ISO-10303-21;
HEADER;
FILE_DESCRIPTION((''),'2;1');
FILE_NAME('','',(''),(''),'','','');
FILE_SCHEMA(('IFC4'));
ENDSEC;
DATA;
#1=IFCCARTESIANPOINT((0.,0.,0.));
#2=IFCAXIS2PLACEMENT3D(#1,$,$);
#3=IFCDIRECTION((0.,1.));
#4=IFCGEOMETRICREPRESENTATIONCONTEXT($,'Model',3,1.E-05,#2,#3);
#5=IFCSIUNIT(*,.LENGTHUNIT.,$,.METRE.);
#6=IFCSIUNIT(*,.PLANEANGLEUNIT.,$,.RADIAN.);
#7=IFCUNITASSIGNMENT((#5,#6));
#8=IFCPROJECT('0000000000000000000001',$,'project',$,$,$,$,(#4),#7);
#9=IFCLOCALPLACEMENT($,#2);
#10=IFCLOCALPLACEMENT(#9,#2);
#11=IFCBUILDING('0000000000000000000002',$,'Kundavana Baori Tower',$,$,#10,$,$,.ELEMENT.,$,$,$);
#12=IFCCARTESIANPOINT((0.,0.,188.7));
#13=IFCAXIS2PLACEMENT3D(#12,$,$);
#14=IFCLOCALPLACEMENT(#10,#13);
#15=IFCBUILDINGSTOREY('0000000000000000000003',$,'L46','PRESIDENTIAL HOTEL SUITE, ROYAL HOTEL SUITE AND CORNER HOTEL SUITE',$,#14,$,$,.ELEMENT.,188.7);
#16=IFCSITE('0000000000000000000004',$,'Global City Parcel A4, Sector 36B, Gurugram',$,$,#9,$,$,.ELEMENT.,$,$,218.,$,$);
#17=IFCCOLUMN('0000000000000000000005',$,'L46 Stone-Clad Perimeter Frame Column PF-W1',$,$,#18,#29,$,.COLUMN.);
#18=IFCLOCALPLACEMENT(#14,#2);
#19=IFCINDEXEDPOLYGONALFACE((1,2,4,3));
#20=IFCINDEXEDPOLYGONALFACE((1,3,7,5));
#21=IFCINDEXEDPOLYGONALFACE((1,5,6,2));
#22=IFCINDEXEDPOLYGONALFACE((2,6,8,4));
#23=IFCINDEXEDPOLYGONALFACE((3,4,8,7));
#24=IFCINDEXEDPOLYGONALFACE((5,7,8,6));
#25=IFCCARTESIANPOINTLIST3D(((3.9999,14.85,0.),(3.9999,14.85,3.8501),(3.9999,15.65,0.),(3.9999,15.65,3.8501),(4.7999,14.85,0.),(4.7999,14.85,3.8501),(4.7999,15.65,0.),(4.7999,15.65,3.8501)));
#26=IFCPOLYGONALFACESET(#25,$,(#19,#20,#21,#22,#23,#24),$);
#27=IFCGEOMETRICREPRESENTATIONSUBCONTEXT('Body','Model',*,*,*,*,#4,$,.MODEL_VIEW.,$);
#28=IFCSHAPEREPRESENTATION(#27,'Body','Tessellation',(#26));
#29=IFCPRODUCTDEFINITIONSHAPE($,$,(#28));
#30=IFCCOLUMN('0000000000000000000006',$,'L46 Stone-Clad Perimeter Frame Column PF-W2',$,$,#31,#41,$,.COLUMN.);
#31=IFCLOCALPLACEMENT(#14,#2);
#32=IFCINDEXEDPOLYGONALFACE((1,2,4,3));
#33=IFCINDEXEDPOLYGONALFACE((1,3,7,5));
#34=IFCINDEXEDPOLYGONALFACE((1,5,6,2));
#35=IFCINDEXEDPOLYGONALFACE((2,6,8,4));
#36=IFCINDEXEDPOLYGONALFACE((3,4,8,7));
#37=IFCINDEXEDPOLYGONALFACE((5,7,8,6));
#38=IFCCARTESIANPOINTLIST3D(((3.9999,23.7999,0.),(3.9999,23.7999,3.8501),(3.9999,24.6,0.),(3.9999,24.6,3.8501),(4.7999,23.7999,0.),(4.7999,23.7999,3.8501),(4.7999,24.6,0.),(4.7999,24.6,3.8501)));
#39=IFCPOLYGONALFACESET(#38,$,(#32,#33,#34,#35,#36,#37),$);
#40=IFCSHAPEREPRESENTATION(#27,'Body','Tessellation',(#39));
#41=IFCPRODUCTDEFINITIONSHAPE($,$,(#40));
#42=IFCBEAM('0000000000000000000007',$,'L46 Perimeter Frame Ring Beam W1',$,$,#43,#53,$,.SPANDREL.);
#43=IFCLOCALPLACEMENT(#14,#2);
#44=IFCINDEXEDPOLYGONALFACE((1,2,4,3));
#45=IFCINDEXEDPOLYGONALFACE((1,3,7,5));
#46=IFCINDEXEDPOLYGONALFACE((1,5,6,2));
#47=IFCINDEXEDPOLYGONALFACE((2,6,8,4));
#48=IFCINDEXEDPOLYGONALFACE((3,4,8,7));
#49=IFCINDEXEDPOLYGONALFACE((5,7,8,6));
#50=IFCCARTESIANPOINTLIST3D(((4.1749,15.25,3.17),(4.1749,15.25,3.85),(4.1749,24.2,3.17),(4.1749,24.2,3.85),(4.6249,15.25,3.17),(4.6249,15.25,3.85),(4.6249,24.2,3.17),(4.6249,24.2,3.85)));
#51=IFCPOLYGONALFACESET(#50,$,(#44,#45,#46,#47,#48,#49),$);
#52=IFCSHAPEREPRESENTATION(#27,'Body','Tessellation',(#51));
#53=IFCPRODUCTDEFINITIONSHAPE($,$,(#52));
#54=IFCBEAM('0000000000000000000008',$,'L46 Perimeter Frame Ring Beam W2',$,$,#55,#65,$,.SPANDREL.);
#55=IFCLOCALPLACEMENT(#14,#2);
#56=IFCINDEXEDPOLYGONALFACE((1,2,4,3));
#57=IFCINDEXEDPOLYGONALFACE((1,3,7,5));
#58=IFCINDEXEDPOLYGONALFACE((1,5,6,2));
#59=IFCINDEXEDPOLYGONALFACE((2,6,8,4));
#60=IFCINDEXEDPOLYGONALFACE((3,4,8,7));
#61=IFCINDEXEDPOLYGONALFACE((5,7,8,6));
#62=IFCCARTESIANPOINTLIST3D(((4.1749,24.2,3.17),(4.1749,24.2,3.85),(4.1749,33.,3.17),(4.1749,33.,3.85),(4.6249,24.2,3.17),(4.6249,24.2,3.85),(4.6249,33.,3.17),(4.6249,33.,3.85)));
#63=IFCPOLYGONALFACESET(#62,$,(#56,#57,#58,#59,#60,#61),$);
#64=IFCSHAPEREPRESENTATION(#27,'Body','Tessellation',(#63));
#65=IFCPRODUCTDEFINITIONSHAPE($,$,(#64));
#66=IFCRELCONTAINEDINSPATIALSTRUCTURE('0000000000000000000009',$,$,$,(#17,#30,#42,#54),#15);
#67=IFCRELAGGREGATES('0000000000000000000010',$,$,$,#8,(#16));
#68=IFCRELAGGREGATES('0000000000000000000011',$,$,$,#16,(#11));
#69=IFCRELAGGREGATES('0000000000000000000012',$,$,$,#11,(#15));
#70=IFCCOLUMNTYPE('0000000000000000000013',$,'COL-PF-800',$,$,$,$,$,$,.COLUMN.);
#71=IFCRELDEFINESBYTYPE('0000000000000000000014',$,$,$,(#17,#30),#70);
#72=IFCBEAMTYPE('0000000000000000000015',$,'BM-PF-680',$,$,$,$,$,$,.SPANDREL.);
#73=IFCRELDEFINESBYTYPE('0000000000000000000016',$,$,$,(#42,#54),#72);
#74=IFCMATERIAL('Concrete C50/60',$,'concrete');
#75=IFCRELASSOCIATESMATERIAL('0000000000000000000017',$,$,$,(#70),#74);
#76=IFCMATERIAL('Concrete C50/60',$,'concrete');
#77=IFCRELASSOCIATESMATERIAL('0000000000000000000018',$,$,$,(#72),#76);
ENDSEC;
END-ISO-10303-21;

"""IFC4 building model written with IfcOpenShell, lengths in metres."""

from ifc_helpers import new_model, si_unit, direction, frame, origin, origin_2d, place, context, subcontext, project, spatial, rectangle, extrude, material, material_profile, profile_set, type_object, element, save


model = new_model("IFC4")

# Units and contexts
model_context = context("Model", 3, precision=1e-05, world=origin(), true_north=direction((0.0, 1.0)))
body_context = subcontext(model_context, "Body", "Model", "MODEL_VIEW")
ifc_project = project(units=[si_unit("LENGTHUNIT", "METRE"), si_unit("PLANEANGLEUNIT", "RADIAN")], contexts=[model_context])

# Site, building, storey
site_placement = place(None, origin())
site = spatial("IfcSite", under=ifc_project, at=site_placement, Name="Global City Parcel A4, Sector 36B, Gurugram", CompositionType="ELEMENT", RefElevation=218.0)
building_placement = place(site_placement, origin())
building = spatial("IfcBuilding", under=site, at=building_placement, Name="Kundavana Baori Tower", CompositionType="ELEMENT")
storey_placement = place(building_placement, frame((0.0, 0.0, 188.7)))
storey = spatial("IfcBuildingStorey", under=building, at=storey_placement, Name="L46", Description="PRESIDENTIAL HOTEL SUITE, ROYAL HOTEL SUITE AND CORNER HOTEL SUITE", CompositionType="ELEMENT", Elevation=188.7)

# Columns
ifc_material_1 = material(Name="Concrete C50/60", Category="concrete")
ifc_material_profile_1 = material_profile(ifc_material_1, rectangle(XDim=0.8, YDim=0.8, at=origin_2d()), Name="RC PF 800x800")
ifc_profile_set_1 = profile_set([ifc_material_profile_1], Name="Concrete C50/60")
column_type = type_object("IfcColumnType", Name="COL-PF-800", PredefinedType="COLUMN", material=ifc_profile_set_1)
for number, where, z_axis, x_axis, name in (
    (1, (4.3999, 15.25, 0.0), (0.0, 0.0, 1.0), (1.0, 0.0, 0.0), "L46 Stone-Clad Perimeter Frame Column PF-W1"),
    (2, (4.3999, 24.2, 0.0), (0.0, 0.0, 1.0), (1.0, 0.0, 0.0), "L46 Stone-Clad Perimeter Frame Column PF-W2"),
):
    element("IfcColumn", number, at=place(storey_placement, frame(where, z_axis=z_axis, x_axis=x_axis)), inside=storey, type_object=column_type, Name=name, PredefinedType="COLUMN", context=body_context, shape_type="SweptSolid", body=[
        extrude(rectangle(XDim=0.8, YDim=0.8, at=origin_2d()), origin(), (0.0, 0.0, 1.0), 3.8501),
    ])

# Beams
ifc_material_2 = material(Name="Concrete C50/60", Category="concrete")
ifc_material_profile_2 = material_profile(ifc_material_2, rectangle(XDim=0.45, YDim=0.6799, at=origin_2d()), Name="RC BM 450x680")
ifc_profile_set_2 = profile_set([ifc_material_profile_2], Name="Concrete C50/60")
beam_type = type_object("IfcBeamType", Name="BM-PF-680", PredefinedType="SPANDREL", material=ifc_profile_set_2)
beam_1_placement = place(storey_placement, frame((4.3999, 15.25, 3.51), z_axis=(0.0, 1.0, 0.0), x_axis=(-1.0, 0.0, 0.0)))
element("IfcBeam", 3, at=beam_1_placement, inside=storey, type_object=beam_type, Name="L46 Perimeter Frame Ring Beam W1", PredefinedType="SPANDREL", context=body_context, shape_type="SweptSolid", body=[
    extrude(rectangle(XDim=0.45, YDim=0.6799, at=origin_2d()), origin(), (0.0, 0.0, 1.0), 8.95),
])
beam_2_placement = place(storey_placement, frame((4.3999, 24.2, 3.51), z_axis=(0.0, 1.0, 0.0), x_axis=(-1.0, 0.0, 0.0)))
element("IfcBeam", 4, at=beam_2_placement, inside=storey, type_object=beam_type, Name="L46 Perimeter Frame Ring Beam W2", PredefinedType="SPANDREL", context=body_context, shape_type="SweptSolid", body=[
    extrude(rectangle(XDim=0.45, YDim=0.6799, at=origin_2d()), origin(), (0.0, 0.0, 1.0), 8.8),
])

save(model, "model.ifc")
